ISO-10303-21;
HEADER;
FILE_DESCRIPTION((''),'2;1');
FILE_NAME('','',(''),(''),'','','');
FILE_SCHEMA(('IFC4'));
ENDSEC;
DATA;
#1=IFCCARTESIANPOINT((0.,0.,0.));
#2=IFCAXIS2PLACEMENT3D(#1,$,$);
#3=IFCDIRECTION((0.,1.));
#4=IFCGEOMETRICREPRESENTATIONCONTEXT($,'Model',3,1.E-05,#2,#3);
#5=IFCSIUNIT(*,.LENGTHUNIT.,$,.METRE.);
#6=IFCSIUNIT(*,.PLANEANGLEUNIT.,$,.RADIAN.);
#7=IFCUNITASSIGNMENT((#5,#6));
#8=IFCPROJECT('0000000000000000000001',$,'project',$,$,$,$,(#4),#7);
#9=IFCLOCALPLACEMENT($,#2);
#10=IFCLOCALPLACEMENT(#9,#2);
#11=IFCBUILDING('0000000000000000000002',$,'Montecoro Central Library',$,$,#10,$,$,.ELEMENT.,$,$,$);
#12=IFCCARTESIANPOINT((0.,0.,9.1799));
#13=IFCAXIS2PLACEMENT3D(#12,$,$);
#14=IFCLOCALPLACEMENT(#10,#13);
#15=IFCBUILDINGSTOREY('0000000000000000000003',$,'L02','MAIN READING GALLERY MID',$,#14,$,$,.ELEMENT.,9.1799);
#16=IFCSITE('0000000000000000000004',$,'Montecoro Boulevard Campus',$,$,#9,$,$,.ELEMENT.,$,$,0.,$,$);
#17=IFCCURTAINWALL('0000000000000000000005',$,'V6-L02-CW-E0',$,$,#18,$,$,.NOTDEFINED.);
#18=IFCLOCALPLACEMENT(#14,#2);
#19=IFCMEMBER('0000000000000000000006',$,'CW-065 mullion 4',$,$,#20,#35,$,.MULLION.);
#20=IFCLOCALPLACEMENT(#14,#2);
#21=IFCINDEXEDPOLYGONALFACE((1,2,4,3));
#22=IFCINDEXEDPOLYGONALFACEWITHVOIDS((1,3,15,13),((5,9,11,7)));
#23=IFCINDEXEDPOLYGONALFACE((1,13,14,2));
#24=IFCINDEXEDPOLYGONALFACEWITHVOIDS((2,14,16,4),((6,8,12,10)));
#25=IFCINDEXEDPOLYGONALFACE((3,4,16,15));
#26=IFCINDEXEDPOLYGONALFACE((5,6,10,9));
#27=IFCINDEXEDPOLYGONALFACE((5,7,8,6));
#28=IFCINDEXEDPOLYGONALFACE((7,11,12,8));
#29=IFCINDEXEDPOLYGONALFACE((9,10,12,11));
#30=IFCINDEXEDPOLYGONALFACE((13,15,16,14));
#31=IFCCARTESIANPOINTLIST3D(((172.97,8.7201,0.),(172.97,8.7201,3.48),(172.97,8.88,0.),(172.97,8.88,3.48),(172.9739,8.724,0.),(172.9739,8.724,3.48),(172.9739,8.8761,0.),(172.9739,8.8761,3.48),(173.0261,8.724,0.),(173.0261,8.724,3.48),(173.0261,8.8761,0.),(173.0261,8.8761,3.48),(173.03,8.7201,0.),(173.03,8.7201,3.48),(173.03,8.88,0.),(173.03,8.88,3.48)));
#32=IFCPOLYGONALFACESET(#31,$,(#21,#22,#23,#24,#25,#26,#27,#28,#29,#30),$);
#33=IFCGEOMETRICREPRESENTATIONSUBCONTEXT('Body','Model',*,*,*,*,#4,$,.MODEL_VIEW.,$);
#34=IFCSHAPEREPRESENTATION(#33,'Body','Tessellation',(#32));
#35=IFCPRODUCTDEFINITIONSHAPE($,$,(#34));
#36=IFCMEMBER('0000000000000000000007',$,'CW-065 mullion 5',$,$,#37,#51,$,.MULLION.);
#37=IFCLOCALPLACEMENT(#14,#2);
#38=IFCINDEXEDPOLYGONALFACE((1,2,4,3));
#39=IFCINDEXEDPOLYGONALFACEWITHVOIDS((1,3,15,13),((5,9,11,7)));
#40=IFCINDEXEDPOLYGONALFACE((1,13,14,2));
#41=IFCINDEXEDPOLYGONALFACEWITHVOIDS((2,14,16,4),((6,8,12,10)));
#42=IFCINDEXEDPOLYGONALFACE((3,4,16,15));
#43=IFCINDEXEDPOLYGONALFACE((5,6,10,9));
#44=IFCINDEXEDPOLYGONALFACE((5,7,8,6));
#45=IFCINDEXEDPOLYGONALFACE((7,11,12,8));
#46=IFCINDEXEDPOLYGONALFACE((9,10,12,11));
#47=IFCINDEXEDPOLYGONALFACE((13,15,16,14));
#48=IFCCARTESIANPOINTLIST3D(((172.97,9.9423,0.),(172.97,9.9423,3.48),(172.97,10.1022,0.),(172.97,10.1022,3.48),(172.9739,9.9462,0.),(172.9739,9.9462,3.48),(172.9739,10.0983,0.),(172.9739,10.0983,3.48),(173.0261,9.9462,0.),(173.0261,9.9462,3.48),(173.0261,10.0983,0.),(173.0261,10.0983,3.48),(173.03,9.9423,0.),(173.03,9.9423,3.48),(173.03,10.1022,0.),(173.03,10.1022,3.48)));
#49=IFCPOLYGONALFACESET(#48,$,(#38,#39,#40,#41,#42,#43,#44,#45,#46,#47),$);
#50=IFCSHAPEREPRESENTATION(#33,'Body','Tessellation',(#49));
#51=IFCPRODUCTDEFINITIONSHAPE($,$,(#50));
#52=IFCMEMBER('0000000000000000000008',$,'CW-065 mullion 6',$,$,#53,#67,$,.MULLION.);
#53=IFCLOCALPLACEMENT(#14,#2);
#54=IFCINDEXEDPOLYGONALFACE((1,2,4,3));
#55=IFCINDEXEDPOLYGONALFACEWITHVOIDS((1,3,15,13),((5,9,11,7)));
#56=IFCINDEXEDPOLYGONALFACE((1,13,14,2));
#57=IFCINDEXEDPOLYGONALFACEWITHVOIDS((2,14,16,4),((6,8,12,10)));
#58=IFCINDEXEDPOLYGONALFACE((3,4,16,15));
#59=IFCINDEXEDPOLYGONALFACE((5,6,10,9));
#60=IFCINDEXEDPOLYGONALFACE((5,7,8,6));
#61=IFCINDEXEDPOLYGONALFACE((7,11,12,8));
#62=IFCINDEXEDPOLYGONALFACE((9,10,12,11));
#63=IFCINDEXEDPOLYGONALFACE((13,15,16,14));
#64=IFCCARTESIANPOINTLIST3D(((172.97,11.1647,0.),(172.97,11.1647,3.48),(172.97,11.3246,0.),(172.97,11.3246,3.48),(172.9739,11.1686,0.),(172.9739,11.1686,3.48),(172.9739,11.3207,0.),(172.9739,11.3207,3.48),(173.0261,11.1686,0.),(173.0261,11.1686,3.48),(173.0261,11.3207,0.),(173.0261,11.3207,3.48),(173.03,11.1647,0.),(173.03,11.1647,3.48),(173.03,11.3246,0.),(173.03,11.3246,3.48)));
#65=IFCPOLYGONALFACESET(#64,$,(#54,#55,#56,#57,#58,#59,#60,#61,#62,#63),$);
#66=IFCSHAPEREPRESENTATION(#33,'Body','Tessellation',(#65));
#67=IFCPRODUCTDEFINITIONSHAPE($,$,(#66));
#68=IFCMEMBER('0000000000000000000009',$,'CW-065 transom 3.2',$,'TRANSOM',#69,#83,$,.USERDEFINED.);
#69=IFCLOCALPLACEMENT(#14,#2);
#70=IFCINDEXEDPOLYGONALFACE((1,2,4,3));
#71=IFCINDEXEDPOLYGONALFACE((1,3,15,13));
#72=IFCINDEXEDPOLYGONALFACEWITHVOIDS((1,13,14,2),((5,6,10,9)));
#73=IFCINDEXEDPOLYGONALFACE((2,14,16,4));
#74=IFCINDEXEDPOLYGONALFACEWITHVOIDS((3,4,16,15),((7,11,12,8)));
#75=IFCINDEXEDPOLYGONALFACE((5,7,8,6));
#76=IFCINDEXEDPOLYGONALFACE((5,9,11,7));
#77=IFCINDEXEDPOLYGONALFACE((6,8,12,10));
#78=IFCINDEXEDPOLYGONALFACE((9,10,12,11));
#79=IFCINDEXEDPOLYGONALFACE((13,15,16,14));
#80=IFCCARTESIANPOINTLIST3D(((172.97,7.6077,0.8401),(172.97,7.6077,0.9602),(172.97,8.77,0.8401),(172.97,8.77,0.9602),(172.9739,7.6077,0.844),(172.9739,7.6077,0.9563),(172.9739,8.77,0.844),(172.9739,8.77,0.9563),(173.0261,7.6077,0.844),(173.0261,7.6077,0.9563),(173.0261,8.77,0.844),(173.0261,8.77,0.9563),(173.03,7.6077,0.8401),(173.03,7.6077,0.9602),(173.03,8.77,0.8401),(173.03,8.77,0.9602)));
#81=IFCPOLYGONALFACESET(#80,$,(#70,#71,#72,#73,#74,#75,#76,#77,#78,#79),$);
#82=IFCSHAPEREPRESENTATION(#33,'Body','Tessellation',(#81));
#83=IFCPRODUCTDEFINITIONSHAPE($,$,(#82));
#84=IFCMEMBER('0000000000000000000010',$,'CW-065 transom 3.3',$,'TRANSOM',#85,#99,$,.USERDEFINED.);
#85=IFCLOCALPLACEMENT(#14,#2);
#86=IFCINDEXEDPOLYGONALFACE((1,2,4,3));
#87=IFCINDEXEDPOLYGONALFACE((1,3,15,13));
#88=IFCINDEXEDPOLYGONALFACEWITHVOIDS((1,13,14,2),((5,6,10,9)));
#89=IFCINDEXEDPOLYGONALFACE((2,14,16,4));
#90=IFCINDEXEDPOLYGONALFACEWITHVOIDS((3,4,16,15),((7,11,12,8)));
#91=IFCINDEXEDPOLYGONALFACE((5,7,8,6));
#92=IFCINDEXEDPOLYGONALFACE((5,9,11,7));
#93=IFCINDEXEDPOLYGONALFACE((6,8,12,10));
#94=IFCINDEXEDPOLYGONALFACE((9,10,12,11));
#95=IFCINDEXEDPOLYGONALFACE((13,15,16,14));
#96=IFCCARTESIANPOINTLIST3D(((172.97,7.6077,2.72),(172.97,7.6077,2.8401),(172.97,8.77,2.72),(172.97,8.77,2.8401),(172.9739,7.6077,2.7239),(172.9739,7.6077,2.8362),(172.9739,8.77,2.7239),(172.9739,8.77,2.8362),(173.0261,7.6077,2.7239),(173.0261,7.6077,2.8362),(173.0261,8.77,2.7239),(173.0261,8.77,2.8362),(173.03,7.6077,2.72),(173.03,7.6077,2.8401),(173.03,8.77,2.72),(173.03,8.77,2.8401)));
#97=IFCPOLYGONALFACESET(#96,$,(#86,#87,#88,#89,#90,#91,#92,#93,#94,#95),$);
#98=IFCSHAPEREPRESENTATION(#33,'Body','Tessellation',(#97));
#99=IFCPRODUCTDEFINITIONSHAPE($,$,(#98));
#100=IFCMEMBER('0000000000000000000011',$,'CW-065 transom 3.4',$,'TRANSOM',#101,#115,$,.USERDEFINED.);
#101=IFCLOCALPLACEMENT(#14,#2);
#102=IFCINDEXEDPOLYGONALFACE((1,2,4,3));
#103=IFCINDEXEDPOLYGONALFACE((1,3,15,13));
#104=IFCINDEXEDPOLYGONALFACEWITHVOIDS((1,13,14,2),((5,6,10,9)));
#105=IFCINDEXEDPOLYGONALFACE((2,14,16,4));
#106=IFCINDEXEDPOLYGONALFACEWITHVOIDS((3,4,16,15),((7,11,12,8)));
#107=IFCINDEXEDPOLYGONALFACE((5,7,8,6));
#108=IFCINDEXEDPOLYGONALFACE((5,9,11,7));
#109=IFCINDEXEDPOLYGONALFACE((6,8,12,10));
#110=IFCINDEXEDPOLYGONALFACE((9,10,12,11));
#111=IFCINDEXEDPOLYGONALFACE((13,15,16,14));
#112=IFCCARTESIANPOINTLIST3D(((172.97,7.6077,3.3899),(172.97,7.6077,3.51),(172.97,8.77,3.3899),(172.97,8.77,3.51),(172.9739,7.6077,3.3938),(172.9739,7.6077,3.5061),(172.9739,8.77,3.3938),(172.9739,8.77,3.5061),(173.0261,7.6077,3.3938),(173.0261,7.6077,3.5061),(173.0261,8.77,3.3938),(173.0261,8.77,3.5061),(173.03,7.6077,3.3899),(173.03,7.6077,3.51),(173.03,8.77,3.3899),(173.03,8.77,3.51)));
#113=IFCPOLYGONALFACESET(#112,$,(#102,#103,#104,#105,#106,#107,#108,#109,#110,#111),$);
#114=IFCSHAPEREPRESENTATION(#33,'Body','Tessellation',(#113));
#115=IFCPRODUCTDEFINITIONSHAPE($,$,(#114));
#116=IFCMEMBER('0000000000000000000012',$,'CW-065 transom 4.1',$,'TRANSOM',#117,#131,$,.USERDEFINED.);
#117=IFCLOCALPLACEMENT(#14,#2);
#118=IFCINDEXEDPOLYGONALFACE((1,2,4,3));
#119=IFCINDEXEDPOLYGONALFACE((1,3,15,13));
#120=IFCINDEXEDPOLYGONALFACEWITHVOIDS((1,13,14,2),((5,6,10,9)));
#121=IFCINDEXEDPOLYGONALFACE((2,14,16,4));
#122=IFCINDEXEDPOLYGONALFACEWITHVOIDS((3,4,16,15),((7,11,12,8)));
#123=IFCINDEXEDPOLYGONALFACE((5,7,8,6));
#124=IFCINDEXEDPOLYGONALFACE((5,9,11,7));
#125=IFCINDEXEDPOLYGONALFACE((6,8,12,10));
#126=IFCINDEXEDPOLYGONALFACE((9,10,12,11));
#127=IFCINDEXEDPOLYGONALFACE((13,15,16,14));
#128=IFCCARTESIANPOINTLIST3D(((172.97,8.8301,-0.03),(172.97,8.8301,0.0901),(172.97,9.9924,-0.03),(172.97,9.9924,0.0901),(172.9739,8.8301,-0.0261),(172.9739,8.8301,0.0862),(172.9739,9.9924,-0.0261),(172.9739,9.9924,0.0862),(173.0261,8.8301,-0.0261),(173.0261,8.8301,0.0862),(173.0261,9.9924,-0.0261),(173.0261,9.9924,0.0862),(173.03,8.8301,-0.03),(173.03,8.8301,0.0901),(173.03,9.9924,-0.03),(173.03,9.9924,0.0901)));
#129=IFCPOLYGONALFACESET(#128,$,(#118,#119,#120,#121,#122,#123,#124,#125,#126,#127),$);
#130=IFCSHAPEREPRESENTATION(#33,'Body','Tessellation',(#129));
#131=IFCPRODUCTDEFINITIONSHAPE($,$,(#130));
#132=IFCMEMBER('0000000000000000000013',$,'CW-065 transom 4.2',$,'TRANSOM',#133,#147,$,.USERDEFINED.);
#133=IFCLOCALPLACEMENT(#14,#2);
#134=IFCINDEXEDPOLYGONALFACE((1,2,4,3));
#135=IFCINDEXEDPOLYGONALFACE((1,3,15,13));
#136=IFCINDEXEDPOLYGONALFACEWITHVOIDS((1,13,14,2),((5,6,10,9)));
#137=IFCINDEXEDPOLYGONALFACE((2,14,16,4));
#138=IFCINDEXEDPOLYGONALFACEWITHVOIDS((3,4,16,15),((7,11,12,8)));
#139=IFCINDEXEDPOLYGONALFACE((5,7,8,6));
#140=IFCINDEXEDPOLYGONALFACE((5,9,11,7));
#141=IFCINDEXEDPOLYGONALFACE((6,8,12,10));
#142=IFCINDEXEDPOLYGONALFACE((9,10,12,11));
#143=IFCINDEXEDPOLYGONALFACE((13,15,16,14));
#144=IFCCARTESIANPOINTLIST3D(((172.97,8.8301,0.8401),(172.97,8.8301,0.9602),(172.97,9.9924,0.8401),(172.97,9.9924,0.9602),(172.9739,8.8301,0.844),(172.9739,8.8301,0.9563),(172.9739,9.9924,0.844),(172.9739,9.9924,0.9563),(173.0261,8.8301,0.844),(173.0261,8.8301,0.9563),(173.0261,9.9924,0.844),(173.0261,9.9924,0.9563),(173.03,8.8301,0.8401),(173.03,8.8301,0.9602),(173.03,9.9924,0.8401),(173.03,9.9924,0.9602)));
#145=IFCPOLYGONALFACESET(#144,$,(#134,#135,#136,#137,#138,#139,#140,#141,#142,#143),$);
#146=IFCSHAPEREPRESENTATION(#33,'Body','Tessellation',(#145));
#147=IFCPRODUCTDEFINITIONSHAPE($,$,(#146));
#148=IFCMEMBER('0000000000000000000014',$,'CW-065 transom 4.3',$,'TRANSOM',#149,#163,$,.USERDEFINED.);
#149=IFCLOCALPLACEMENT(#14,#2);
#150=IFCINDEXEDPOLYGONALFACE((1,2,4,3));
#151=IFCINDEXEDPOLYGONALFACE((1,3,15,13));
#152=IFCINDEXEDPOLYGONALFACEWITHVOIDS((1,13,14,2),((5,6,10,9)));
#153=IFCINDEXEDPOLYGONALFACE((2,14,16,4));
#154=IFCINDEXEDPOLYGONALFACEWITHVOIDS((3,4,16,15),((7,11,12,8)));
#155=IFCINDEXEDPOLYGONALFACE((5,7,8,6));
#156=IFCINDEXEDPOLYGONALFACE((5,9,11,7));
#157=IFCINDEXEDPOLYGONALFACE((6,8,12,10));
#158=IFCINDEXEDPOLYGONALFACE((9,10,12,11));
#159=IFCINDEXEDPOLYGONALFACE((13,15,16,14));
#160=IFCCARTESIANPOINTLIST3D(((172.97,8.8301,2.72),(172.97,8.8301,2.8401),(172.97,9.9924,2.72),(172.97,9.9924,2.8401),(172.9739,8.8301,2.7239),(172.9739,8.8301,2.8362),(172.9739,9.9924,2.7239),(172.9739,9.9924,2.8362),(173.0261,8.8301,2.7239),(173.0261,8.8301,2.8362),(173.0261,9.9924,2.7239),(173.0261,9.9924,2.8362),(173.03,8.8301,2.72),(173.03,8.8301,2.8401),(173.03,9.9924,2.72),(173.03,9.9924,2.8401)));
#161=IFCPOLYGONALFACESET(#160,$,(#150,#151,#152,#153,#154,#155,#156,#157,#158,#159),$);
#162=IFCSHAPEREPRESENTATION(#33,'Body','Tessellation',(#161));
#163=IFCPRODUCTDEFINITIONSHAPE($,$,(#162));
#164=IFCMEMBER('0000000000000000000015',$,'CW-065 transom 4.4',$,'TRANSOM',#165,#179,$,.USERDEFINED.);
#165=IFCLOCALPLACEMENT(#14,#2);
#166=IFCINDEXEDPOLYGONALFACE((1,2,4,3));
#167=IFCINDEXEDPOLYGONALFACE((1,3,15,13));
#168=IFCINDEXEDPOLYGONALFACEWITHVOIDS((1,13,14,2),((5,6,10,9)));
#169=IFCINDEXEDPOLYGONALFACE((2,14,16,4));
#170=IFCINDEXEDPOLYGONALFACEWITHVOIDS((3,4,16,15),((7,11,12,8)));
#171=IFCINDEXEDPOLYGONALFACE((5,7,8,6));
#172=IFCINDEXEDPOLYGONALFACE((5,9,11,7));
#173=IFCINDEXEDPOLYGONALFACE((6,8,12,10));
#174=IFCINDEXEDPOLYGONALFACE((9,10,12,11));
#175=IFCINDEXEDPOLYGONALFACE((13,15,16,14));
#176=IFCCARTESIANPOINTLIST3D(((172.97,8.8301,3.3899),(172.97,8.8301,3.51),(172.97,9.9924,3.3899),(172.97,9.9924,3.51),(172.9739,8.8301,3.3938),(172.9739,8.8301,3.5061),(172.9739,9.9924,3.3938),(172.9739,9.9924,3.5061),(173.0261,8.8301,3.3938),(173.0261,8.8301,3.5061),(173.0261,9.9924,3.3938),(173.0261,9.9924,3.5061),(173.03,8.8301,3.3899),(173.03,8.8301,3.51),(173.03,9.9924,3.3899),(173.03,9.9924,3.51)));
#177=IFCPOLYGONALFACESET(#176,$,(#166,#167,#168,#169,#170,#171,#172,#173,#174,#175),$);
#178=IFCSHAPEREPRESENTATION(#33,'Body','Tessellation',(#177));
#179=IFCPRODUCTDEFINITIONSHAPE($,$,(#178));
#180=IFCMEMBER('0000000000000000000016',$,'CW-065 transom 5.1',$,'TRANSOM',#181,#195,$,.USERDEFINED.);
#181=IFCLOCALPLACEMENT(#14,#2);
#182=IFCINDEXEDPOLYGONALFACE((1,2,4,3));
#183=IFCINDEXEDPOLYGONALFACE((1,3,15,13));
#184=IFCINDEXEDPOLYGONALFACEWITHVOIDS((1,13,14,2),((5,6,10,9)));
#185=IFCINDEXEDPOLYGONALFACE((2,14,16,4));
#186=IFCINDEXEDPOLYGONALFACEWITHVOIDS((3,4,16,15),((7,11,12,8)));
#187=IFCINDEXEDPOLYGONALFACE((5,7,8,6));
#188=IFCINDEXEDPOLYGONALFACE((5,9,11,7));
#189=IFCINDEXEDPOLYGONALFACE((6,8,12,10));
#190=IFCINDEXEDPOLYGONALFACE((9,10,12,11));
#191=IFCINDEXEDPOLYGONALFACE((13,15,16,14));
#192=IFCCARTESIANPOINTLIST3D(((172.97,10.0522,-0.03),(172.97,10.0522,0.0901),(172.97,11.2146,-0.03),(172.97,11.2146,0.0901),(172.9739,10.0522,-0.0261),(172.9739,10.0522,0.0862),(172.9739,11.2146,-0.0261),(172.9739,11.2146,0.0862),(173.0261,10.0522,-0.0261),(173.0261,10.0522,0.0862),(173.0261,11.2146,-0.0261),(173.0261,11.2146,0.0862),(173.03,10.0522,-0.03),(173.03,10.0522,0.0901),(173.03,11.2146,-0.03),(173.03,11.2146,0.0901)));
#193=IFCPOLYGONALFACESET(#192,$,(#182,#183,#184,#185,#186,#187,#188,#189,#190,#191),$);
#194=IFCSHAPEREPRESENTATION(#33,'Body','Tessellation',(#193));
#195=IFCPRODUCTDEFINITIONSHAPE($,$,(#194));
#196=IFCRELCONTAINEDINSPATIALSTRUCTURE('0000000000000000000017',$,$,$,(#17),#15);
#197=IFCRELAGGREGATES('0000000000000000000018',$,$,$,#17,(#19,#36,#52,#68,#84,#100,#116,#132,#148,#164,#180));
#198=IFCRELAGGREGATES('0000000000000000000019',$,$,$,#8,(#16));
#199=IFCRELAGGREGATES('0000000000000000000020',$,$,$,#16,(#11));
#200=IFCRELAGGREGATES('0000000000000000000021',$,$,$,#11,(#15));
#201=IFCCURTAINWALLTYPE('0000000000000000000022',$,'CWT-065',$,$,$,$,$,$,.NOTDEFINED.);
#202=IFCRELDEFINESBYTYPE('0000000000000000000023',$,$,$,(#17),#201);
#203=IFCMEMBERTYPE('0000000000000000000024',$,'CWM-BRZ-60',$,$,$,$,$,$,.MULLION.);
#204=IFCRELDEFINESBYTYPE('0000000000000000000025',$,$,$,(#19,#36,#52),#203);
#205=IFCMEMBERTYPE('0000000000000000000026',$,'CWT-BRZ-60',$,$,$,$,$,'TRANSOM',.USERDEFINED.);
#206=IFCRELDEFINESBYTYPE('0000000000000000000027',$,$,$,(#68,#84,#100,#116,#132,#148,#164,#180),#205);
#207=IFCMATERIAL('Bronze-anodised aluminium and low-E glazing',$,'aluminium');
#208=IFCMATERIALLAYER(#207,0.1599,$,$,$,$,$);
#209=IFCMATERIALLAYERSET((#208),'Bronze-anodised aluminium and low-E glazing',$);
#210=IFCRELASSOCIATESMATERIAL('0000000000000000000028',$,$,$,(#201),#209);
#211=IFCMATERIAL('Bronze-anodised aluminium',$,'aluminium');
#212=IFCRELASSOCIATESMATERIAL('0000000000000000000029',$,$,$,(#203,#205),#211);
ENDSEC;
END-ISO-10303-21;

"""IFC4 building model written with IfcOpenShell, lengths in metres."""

from ifc_helpers import new_model, si_unit, direction, frame, origin, origin_2d, place, context, subcontext, project, spatial, hollow_rectangle, extrude, material, layer, layer_set, material_profile, profile_set, type_object, element, aggregate, save


model = new_model("IFC4")

# Units and contexts
model_context = context("Model", 3, precision=1e-05, world=origin(), true_north=direction((0.0, 1.0)))
body_context = subcontext(model_context, "Body", "Model", "MODEL_VIEW")
ifc_project = project(units=[si_unit("LENGTHUNIT", "METRE"), si_unit("PLANEANGLEUNIT", "RADIAN")], contexts=[model_context])

# Site, building, storey
site_placement = place(None, origin())
site = spatial("IfcSite", under=ifc_project, at=site_placement, Name="Montecoro Boulevard Campus", CompositionType="ELEMENT", RefElevation=0.0)
building_placement = place(site_placement, origin())
building = spatial("IfcBuilding", under=site, at=building_placement, Name="Montecoro Central Library", CompositionType="ELEMENT")
storey_placement = place(building_placement, frame((0.0, 0.0, 9.1799)))
storey = spatial("IfcBuildingStorey", under=building, at=storey_placement, Name="L02", Description="MAIN READING GALLERY MID", CompositionType="ELEMENT", Elevation=9.1799)

# Curtain wall, members
ifc_material_1 = material(Name="Bronze-anodised aluminium and low-E glazing", Category="aluminium")
ifc_layer_1 = layer(ifc_material_1, 0.1599)
ifc_layer_set_1 = layer_set([ifc_layer_1], Name="Bronze-anodised aluminium and low-E glazing")
curtain_wall_type = type_object("IfcCurtainWallType", Name="CWT-065", PredefinedType="NOTDEFINED", material=ifc_layer_set_1)
curtain_wall_placement = place(storey_placement, origin())
curtain_wall = element("IfcCurtainWall", 1, at=curtain_wall_placement, inside=storey, type_object=curtain_wall_type, Name="V6-L02-CW-E0", PredefinedType="NOTDEFINED")
ifc_material_2 = material(Name="Bronze-anodised aluminium", Category="aluminium")
ifc_material_profile_1 = material_profile(ifc_material_2, hollow_rectangle(XDim=0.0601, YDim=0.1599, WallThickness=0.0039, at=origin_2d()), Name="CWM 160x60x4.0")
ifc_profile_set_1 = profile_set([ifc_material_profile_1], Name="Bronze-anodised aluminium")
member_type_1 = type_object("IfcMemberType", Name="CWM-BRZ-60", PredefinedType="MULLION", material=ifc_profile_set_1)
member_1_placement = place(storey_placement, frame((173.0, 8.8, 0.0), z_axis=(0.0, 0.0, 1.0), x_axis=(-1.0, 0.0, 0.0)))
member_1 = element("IfcMember", 2, at=member_1_placement, type_object=member_type_1, Name="CW-065 mullion 4", PredefinedType="MULLION", context=body_context, shape_type="SweptSolid", body=[
    extrude(hollow_rectangle(XDim=0.0601, YDim=0.1599, WallThickness=0.0039, at=origin_2d()), origin(), (0.0, 0.0, 1.0), 3.48),
])
member_2_placement = place(storey_placement, frame((173.0, 10.0222, 0.0), z_axis=(0.0, 0.0, 1.0), x_axis=(-1.0, 0.0, 0.0)))
member_2 = element("IfcMember", 3, at=member_2_placement, type_object=member_type_1, Name="CW-065 mullion 5", PredefinedType="MULLION", context=body_context, shape_type="SweptSolid", body=[
    extrude(hollow_rectangle(XDim=0.0601, YDim=0.1599, WallThickness=0.0039, at=origin_2d()), origin(), (0.0, 0.0, 1.0), 3.48),
])
member_3_placement = place(storey_placement, frame((173.0, 11.2446, 0.0), z_axis=(0.0, 0.0, 1.0), x_axis=(-1.0, 0.0, 0.0)))
member_3 = element("IfcMember", 4, at=member_3_placement, type_object=member_type_1, Name="CW-065 mullion 6", PredefinedType="MULLION", context=body_context, shape_type="SweptSolid", body=[
    extrude(hollow_rectangle(XDim=0.0601, YDim=0.1599, WallThickness=0.0039, at=origin_2d()), origin(), (0.0, 0.0, 1.0), 3.48),
])
ifc_material_profile_2 = material_profile(ifc_material_2, hollow_rectangle(XDim=0.0601, YDim=0.1201, WallThickness=0.0039, at=origin_2d()), Name="CWT 120x60x4.0")
ifc_profile_set_2 = profile_set([ifc_material_profile_2], Name="Bronze-anodised aluminium")
member_type_2 = type_object("IfcMemberType", Name="CWT-BRZ-60", ElementType="TRANSOM", PredefinedType="USERDEFINED", material=ifc_profile_set_2)
member_4_placement = place(storey_placement, frame((173.0, 7.6077, 0.9001), z_axis=(0.0, 1.0, 0.0), x_axis=(-1.0, 0.0, 0.0)))
member_4 = element("IfcMember", 5, at=member_4_placement, type_object=member_type_2, Name="CW-065 transom 3.2", ObjectType="TRANSOM", PredefinedType="USERDEFINED", context=body_context, shape_type="SweptSolid", body=[
    extrude(hollow_rectangle(XDim=0.0601, YDim=0.1201, WallThickness=0.0039, at=origin_2d()), origin(), (0.0, 0.0, 1.0), 1.1624),
])
member_5_placement = place(storey_placement, frame((173.0, 7.6077, 2.78), z_axis=(0.0, 1.0, 0.0), x_axis=(-1.0, 0.0, 0.0)))
member_5 = element("IfcMember", 6, at=member_5_placement, type_object=member_type_2, Name="CW-065 transom 3.3", ObjectType="TRANSOM", PredefinedType="USERDEFINED", context=body_context, shape_type="SweptSolid", body=[
    extrude(hollow_rectangle(XDim=0.0601, YDim=0.1201, WallThickness=0.0039, at=origin_2d()), origin(), (0.0, 0.0, 1.0), 1.1624),
])
member_6_placement = place(storey_placement, frame((173.0, 7.6077, 3.45), z_axis=(0.0, 1.0, 0.0), x_axis=(-1.0, 0.0, 0.0)))
member_6 = element("IfcMember", 7, at=member_6_placement, type_object=member_type_2, Name="CW-065 transom 3.4", ObjectType="TRANSOM", PredefinedType="USERDEFINED", context=body_context, shape_type="SweptSolid", body=[
    extrude(hollow_rectangle(XDim=0.0601, YDim=0.1201, WallThickness=0.0039, at=origin_2d()), origin(), (0.0, 0.0, 1.0), 1.1624),
])
member_7_placement = place(storey_placement, frame((173.0, 8.8301, 0.03), z_axis=(0.0, 1.0, 0.0), x_axis=(-1.0, 0.0, 0.0)))
member_7 = element("IfcMember", 8, at=member_7_placement, type_object=member_type_2, Name="CW-065 transom 4.1", ObjectType="TRANSOM", PredefinedType="USERDEFINED", context=body_context, shape_type="SweptSolid", body=[
    extrude(hollow_rectangle(XDim=0.0601, YDim=0.1201, WallThickness=0.0039, at=origin_2d()), origin(), (0.0, 0.0, 1.0), 1.1624),
])
member_8_placement = place(storey_placement, frame((173.0, 8.8301, 0.9001), z_axis=(0.0, 1.0, 0.0), x_axis=(-1.0, 0.0, 0.0)))
member_8 = element("IfcMember", 9, at=member_8_placement, type_object=member_type_2, Name="CW-065 transom 4.2", ObjectType="TRANSOM", PredefinedType="USERDEFINED", context=body_context, shape_type="SweptSolid", body=[
    extrude(hollow_rectangle(XDim=0.0601, YDim=0.1201, WallThickness=0.0039, at=origin_2d()), origin(), (0.0, 0.0, 1.0), 1.1624),
])
member_9_placement = place(storey_placement, frame((173.0, 8.8301, 2.78), z_axis=(0.0, 1.0, 0.0), x_axis=(-1.0, 0.0, 0.0)))
member_9 = element("IfcMember", 10, at=member_9_placement, type_object=member_type_2, Name="CW-065 transom 4.3", ObjectType="TRANSOM", PredefinedType="USERDEFINED", context=body_context, shape_type="SweptSolid", body=[
    extrude(hollow_rectangle(XDim=0.0601, YDim=0.1201, WallThickness=0.0039, at=origin_2d()), origin(), (0.0, 0.0, 1.0), 1.1624),
])
member_10_placement = place(storey_placement, frame((173.0, 8.8301, 3.45), z_axis=(0.0, 1.0, 0.0), x_axis=(-1.0, 0.0, 0.0)))
member_10 = element("IfcMember", 11, at=member_10_placement, type_object=member_type_2, Name="CW-065 transom 4.4", ObjectType="TRANSOM", PredefinedType="USERDEFINED", context=body_context, shape_type="SweptSolid", body=[
    extrude(hollow_rectangle(XDim=0.0601, YDim=0.1201, WallThickness=0.0039, at=origin_2d()), origin(), (0.0, 0.0, 1.0), 1.1624),
])
member_11_placement = place(storey_placement, frame((173.0, 10.0522, 0.03), z_axis=(0.0, 1.0, 0.0), x_axis=(-1.0, 0.0, 0.0)))
member_11 = element("IfcMember", 12, at=member_11_placement, type_object=member_type_2, Name="CW-065 transom 5.1", ObjectType="TRANSOM", PredefinedType="USERDEFINED", context=body_context, shape_type="SweptSolid", body=[
    extrude(hollow_rectangle(XDim=0.0601, YDim=0.1201, WallThickness=0.0039, at=origin_2d()), origin(), (0.0, 0.0, 1.0), 1.1624),
])
aggregate(curtain_wall, [member_1, member_2, member_3, member_4, member_5, member_6, member_7, member_8, member_9, member_10, member_11])

save(model, "model.ifc")
